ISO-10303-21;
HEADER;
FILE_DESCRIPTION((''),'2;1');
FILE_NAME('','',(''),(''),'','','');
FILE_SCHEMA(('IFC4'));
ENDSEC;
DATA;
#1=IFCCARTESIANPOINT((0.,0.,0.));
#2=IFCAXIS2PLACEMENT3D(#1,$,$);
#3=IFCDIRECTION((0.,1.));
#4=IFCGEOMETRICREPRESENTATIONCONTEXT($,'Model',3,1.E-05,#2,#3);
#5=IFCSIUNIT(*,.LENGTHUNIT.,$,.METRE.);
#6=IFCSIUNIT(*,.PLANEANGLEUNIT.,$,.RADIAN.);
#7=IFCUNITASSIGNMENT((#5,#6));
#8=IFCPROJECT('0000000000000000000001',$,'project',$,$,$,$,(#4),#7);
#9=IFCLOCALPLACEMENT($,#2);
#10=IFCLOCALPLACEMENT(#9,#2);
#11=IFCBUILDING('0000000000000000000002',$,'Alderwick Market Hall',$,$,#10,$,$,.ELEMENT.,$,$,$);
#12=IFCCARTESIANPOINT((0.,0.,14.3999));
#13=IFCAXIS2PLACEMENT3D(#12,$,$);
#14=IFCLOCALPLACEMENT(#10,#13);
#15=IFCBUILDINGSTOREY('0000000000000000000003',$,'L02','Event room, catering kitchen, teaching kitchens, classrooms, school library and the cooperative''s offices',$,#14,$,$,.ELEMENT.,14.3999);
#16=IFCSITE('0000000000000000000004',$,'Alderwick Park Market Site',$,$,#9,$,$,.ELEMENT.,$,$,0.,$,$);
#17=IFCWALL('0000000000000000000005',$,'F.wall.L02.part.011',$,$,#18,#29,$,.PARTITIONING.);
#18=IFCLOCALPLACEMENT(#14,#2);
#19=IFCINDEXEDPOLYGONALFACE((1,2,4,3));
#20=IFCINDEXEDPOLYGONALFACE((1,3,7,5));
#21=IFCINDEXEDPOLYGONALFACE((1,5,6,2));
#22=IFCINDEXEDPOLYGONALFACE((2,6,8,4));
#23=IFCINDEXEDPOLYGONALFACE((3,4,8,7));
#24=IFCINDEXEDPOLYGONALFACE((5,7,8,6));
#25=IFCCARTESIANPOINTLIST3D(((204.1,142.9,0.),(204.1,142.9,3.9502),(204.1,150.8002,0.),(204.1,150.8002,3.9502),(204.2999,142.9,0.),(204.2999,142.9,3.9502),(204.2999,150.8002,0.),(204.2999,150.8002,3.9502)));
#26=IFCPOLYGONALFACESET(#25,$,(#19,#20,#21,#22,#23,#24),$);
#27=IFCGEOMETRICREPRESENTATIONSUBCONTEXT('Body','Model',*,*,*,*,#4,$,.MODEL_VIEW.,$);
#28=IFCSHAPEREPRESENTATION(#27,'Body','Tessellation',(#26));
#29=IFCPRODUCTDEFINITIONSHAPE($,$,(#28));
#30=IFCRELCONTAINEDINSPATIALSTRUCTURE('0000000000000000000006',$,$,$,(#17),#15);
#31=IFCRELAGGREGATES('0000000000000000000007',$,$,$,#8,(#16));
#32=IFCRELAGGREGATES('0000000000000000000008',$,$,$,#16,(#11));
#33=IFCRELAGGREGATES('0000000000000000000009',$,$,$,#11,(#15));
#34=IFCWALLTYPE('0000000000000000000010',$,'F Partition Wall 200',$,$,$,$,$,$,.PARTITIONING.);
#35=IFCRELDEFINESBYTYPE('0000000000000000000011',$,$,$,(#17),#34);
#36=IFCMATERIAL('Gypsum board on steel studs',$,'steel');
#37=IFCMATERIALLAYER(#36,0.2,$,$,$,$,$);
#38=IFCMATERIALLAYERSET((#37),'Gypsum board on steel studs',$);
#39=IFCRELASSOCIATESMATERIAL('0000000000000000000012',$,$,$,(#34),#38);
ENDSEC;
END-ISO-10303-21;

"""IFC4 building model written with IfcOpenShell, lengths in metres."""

from ifc_helpers import new_model, si_unit, direction, frame, frame_2d, origin, place, context, subcontext, project, spatial, rectangle, extrude, material, layer, layer_set, type_object, element, save


model = new_model("IFC4")

# Units and contexts
model_context = context("Model", 3, precision=1e-05, world=origin(), true_north=direction((0.0, 1.0)))
body_context = subcontext(model_context, "Body", "Model", "MODEL_VIEW")
ifc_project = project(units=[si_unit("LENGTHUNIT", "METRE"), si_unit("PLANEANGLEUNIT", "RADIAN")], contexts=[model_context])

# Site, building, storey
site_placement = place(None, origin())
site = spatial("IfcSite", under=ifc_project, at=site_placement, Name="Alderwick Park Market Site", CompositionType="ELEMENT", RefElevation=0.0)
building_placement = place(site_placement, origin())
building = spatial("IfcBuilding", under=site, at=building_placement, Name="Alderwick Market Hall", CompositionType="ELEMENT")
storey_placement = place(building_placement, frame((0.0, 0.0, 14.3999)))
storey = spatial("IfcBuildingStorey", under=building, at=storey_placement, Name="L02", Description="Event room, catering kitchen, teaching kitchens, classrooms, school library and the cooperative's offices", CompositionType="ELEMENT", Elevation=14.3999)

# Shared definitions
ifc_material_1 = material(Name="Gypsum board on steel studs", Category="steel")
ifc_layer_1 = layer(ifc_material_1, 0.2)
ifc_layer_set_1 = layer_set([ifc_layer_1], Name="Gypsum board on steel studs")
wall_type = type_object("IfcWallType", Name="F Partition Wall 200", PredefinedType="PARTITIONING", material=ifc_layer_set_1)

# Wall
wall_1_placement = place(storey_placement, frame((204.2, 142.8999, 0.0), z_axis=(0.0, 0.0, 1.0), x_axis=(0.0, 1.0, 0.0)))
element("IfcWall", 1, at=wall_1_placement, inside=storey, type_object=wall_type, Name="F.wall.L02.part.011", PredefinedType="PARTITIONING", context=body_context, shape_type="SweptSolid", body=[
    extrude(rectangle(XDim=7.9001, YDim=0.2, at=frame_2d((3.9502, 0.0))), origin(), (0.0, 0.0, 1.0), 3.9502),
])

save(model, "model.ifc")
